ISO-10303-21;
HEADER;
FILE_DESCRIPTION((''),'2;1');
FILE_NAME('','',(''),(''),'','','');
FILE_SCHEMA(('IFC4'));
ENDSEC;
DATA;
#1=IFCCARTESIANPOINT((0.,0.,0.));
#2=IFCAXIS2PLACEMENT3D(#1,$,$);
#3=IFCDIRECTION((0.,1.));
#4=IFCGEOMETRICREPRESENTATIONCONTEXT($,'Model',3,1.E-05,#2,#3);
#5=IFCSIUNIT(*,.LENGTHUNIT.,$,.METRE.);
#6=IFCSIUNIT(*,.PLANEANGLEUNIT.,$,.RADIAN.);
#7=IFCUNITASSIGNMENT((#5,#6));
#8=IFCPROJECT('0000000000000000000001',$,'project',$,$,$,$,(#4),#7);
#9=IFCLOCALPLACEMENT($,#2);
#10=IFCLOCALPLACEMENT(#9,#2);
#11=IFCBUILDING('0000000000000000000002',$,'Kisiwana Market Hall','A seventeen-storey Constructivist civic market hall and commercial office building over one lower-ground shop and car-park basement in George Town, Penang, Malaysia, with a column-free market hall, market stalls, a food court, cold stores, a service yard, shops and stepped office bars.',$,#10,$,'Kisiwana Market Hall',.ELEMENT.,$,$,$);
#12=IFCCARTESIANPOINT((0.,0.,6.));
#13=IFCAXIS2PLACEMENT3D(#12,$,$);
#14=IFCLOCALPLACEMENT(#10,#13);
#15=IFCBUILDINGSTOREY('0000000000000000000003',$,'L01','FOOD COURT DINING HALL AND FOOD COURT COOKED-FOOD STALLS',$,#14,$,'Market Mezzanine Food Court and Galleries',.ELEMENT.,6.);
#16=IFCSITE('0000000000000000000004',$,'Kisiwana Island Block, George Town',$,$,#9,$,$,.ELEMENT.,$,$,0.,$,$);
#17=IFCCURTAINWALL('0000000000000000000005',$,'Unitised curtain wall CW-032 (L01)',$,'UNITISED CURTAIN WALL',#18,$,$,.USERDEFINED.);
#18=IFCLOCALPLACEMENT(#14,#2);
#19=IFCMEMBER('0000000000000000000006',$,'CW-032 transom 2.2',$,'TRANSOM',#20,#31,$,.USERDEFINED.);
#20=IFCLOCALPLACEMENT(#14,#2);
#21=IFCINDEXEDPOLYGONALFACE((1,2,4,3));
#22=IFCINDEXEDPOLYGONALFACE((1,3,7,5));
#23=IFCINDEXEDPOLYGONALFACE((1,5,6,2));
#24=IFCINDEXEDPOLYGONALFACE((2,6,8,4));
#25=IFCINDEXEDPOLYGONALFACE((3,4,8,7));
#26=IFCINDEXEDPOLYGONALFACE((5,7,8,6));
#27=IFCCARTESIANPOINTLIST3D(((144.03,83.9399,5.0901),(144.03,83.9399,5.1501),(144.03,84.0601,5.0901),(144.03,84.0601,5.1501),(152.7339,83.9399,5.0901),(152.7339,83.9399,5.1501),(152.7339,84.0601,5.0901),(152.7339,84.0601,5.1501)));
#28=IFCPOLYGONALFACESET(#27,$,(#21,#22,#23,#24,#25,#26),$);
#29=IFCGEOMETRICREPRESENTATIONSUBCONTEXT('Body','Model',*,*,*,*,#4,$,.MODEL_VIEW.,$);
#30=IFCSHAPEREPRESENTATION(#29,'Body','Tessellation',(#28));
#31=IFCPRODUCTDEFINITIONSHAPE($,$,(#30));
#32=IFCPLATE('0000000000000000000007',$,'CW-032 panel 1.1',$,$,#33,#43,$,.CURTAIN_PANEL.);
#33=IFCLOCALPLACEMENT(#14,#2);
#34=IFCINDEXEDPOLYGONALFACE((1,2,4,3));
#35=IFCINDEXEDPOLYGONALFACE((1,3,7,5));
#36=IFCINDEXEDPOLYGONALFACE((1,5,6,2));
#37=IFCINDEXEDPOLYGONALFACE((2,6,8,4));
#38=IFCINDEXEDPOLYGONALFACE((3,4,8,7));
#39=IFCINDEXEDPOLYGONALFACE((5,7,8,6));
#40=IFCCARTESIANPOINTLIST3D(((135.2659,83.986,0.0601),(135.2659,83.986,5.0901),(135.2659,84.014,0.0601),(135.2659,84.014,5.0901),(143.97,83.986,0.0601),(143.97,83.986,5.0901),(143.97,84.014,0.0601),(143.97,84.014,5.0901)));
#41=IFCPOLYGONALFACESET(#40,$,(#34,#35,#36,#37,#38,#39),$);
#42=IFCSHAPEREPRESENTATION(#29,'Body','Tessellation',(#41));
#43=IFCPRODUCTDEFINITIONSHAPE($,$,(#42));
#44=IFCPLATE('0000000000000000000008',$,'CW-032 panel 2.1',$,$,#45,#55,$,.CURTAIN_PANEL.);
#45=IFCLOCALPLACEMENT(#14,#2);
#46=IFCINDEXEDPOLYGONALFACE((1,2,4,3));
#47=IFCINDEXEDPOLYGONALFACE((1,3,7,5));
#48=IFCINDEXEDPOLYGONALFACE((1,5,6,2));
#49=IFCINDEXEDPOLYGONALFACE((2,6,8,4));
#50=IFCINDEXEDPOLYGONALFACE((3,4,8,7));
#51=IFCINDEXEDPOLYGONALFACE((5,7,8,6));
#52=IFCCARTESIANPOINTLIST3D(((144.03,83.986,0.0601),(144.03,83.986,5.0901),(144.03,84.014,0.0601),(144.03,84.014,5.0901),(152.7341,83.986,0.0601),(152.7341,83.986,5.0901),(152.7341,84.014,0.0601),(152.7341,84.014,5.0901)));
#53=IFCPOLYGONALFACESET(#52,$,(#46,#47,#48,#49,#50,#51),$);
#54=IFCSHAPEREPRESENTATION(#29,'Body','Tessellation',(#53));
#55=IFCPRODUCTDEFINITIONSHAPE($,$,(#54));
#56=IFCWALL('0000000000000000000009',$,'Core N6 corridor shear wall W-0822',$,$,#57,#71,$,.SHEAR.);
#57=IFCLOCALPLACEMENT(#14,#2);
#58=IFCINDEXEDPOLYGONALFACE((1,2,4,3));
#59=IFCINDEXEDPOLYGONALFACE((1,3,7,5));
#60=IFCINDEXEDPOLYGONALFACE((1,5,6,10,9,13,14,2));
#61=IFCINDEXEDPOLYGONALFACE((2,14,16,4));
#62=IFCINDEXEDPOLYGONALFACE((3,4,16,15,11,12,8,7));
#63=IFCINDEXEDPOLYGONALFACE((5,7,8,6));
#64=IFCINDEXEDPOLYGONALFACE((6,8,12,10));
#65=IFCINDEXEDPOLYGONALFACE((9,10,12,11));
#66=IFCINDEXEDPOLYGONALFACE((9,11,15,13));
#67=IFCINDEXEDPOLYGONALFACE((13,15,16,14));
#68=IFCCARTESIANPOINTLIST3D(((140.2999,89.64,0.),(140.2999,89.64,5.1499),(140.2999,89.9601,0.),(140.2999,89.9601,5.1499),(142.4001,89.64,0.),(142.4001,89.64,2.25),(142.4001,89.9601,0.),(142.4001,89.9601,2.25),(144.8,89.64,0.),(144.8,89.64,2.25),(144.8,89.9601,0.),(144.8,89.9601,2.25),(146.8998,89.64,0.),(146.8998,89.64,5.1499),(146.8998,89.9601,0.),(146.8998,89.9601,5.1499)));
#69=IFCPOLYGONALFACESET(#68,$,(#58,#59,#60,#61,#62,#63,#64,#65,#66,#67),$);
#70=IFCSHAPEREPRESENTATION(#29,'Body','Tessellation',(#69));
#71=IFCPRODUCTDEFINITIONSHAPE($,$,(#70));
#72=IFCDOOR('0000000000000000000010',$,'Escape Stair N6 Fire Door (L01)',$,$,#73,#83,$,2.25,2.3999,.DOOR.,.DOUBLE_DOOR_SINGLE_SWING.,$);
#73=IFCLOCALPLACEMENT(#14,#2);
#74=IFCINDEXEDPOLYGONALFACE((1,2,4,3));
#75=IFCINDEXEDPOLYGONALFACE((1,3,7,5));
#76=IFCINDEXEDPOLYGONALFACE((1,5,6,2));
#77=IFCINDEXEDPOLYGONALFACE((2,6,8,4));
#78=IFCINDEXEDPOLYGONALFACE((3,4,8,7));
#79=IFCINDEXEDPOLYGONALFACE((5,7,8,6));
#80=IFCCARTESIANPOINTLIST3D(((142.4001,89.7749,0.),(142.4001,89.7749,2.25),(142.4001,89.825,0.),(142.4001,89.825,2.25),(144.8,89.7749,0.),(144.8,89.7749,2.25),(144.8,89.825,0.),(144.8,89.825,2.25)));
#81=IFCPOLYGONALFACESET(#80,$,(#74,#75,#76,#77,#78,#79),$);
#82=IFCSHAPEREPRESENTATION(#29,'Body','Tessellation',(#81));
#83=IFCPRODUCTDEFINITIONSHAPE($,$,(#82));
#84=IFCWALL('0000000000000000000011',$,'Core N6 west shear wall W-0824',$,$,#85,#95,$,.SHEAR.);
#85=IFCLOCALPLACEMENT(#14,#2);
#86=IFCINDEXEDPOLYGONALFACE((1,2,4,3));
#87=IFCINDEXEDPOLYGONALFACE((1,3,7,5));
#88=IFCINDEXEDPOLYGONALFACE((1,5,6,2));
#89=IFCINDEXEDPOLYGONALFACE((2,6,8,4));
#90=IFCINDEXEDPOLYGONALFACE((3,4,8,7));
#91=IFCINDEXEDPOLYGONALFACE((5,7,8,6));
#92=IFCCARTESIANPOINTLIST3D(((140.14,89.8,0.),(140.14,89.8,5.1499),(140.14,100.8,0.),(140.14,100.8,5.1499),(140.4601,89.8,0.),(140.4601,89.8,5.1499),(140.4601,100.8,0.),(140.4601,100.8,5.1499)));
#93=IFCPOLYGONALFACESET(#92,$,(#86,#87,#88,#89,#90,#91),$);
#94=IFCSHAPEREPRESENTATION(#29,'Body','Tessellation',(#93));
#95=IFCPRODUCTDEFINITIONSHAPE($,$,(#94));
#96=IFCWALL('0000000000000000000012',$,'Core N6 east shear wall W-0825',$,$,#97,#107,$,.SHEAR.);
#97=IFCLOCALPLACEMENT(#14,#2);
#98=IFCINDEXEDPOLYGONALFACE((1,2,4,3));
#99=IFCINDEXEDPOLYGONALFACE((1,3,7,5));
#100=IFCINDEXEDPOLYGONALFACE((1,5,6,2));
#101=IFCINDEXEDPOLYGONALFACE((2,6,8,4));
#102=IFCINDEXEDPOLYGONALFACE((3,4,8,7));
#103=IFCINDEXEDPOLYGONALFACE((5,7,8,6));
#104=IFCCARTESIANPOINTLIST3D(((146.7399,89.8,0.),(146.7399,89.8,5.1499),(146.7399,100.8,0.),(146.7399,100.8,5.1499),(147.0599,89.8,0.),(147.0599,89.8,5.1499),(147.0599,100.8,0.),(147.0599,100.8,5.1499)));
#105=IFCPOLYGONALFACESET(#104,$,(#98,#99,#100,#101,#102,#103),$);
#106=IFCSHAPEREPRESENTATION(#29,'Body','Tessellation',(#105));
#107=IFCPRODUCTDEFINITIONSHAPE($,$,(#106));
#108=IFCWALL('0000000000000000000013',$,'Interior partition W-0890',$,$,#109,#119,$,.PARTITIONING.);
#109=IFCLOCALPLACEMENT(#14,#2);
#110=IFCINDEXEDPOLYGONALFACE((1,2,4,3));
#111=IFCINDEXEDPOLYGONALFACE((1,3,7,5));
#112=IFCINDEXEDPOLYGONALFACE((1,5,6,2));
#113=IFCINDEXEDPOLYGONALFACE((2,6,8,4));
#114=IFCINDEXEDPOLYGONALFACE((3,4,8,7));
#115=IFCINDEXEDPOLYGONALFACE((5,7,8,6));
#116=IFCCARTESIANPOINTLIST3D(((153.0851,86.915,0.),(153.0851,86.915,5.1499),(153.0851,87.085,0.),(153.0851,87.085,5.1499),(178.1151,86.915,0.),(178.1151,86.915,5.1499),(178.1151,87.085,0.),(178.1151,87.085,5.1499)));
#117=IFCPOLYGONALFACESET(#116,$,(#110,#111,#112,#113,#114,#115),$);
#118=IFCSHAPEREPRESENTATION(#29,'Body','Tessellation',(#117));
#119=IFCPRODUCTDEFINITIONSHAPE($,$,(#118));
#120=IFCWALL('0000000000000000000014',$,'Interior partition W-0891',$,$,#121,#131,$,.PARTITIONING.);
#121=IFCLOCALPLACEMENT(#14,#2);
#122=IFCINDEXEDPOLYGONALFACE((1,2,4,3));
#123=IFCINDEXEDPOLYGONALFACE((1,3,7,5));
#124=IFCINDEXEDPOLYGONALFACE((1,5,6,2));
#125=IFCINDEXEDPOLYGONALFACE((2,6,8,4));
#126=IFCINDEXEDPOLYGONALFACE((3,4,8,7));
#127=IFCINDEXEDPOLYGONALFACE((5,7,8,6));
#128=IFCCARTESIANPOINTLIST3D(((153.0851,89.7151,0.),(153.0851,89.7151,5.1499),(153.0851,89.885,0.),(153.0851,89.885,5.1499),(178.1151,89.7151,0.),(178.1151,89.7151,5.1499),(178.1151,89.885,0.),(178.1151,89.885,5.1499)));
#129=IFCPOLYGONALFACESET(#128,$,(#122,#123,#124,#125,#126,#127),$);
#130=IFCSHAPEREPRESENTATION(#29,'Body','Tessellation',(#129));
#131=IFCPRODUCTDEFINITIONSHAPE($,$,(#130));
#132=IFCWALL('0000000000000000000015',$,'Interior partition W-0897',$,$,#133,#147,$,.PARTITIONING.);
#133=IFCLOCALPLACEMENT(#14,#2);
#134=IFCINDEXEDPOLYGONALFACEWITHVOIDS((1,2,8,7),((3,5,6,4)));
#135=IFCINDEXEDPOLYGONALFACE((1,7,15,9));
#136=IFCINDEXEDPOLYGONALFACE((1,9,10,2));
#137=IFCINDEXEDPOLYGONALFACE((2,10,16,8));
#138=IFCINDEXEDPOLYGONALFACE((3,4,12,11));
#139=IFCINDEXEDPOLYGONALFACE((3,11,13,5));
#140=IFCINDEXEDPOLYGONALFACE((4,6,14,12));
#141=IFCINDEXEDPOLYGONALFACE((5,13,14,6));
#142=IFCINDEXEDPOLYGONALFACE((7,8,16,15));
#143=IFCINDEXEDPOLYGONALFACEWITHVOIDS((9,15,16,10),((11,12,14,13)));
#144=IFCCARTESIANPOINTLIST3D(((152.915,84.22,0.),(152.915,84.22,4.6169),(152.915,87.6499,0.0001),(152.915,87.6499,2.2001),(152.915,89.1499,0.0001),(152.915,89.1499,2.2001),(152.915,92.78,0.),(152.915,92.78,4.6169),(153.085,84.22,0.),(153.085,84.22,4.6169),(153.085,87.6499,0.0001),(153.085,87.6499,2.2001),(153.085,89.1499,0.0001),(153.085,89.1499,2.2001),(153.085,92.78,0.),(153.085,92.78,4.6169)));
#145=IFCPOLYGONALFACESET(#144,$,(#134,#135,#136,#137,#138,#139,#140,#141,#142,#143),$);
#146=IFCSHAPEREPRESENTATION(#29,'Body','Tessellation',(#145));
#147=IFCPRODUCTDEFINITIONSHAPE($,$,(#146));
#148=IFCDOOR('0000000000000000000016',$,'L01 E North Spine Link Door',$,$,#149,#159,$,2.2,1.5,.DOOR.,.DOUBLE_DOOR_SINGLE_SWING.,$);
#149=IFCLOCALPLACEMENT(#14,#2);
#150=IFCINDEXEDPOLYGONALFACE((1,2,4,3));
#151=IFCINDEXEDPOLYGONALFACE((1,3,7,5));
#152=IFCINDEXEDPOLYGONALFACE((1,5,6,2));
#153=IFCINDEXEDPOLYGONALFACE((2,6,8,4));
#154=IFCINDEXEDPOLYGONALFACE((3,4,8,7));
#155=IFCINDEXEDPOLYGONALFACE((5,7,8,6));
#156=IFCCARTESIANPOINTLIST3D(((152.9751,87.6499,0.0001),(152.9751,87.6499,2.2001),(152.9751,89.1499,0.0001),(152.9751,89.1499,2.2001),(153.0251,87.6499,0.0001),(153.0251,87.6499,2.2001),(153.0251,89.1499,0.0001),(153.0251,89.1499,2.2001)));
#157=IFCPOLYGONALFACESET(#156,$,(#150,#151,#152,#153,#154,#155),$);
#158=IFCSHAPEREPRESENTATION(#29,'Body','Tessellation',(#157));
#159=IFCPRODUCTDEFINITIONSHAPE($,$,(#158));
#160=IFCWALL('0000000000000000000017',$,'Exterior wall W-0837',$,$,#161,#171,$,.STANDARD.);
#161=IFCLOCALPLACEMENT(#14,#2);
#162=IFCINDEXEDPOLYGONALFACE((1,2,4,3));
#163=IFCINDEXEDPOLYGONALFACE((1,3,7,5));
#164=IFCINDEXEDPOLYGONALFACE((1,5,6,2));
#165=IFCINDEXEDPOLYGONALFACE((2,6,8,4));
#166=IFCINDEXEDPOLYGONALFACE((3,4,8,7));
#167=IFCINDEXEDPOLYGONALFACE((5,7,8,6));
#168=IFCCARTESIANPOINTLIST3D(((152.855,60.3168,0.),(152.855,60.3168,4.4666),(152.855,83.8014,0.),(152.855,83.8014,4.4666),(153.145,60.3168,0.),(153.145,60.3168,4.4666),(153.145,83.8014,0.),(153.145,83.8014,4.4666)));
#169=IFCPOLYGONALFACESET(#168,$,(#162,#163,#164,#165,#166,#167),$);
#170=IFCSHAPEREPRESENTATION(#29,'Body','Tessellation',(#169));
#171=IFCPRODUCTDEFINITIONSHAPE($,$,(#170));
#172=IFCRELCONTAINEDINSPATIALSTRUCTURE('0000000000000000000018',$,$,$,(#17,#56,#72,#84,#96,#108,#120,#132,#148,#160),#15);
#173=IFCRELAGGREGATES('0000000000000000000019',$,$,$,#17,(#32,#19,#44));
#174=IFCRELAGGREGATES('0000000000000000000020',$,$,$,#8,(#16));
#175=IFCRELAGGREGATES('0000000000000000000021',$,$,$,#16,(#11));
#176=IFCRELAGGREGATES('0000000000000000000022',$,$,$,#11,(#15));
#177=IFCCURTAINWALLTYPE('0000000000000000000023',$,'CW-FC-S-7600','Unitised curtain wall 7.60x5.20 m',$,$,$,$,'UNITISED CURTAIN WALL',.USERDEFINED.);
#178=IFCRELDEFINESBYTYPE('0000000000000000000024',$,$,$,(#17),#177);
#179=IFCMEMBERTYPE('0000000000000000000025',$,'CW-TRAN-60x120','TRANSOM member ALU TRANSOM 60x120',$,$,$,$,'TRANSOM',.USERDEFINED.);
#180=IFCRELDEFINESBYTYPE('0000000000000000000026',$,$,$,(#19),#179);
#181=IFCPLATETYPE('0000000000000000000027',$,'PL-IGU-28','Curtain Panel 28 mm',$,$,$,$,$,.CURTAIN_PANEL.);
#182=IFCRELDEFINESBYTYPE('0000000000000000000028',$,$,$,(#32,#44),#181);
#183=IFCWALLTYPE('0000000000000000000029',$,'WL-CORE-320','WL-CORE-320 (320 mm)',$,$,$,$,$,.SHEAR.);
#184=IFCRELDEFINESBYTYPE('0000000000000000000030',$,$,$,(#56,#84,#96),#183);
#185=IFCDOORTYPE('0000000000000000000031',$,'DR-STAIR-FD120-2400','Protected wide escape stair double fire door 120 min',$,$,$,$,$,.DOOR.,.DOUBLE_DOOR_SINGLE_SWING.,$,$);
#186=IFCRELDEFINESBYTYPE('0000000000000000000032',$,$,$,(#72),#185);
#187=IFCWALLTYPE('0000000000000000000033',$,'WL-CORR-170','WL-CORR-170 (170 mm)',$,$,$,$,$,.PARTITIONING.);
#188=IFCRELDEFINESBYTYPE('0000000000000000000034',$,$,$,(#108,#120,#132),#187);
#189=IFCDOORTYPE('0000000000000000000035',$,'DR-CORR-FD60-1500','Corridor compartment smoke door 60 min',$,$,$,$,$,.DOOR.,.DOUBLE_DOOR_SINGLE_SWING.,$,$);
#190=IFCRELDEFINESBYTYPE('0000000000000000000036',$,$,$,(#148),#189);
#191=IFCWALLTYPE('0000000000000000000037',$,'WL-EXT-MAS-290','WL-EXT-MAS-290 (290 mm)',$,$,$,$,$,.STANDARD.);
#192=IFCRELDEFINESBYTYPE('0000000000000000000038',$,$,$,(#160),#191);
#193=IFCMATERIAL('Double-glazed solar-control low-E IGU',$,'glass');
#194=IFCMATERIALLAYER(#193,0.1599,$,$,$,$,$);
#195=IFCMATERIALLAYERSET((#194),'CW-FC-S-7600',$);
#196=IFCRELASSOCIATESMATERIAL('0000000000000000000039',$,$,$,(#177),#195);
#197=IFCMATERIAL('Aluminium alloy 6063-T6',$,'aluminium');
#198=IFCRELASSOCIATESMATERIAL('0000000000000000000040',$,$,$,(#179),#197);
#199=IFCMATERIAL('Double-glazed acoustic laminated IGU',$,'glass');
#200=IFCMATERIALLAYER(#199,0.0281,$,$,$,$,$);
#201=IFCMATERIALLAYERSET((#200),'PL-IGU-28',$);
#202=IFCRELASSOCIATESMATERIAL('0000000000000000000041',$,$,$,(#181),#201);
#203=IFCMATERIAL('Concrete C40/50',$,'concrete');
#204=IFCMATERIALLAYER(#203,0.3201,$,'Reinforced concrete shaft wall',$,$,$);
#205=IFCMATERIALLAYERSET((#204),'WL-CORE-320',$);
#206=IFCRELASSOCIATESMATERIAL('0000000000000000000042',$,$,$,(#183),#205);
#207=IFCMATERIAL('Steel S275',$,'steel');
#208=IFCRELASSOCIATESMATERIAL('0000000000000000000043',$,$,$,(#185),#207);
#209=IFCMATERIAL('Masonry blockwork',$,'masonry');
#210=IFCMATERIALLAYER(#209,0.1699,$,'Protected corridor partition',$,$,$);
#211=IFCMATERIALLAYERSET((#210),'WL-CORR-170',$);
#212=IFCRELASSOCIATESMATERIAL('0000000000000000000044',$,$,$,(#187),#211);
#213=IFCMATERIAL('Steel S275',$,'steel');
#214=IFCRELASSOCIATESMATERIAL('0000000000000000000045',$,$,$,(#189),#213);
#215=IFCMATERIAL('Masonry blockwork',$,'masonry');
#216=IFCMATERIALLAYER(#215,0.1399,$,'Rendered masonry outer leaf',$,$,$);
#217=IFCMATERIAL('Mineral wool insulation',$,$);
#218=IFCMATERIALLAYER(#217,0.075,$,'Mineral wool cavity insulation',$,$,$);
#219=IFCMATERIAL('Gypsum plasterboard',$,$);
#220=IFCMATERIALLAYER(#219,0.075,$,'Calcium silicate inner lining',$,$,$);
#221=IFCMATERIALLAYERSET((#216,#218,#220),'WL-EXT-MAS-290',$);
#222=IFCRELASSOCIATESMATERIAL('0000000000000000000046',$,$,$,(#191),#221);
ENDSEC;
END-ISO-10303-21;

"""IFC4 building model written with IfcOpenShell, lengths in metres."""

from ifc_helpers import new_model, si_unit, direction, frame, frame_2d, origin, origin_2d, place, context, subcontext, project, spatial, rectangle, extrude, material, layer, layer_set, material_profile, profile_set, type_object, element, fill, aggregate, save


model = new_model("IFC4")

# Units and contexts
model_context = context("Model", 3, precision=1e-05, world=origin(), true_north=direction((0.0, 1.0)))
body_context = subcontext(model_context, "Body", "Model", "MODEL_VIEW")
ifc_project = project(units=[si_unit("LENGTHUNIT", "METRE"), si_unit("PLANEANGLEUNIT", "RADIAN")], contexts=[model_context])

# Site, building, storey
site_placement = place(None, origin())
site = spatial("IfcSite", under=ifc_project, at=site_placement, Name="Kisiwana Island Block, George Town", CompositionType="ELEMENT", RefElevation=0.0)
building_placement = place(site_placement, origin())
building = spatial("IfcBuilding", under=site, at=building_placement, Name="Kisiwana Market Hall", Description="A seventeen-storey Constructivist civic market hall and commercial office building over one lower-ground shop and car-park basement in George Town, Penang, Malaysia, with a column-free market hall, market stalls, a food court, cold stores, a service yard, shops and stepped office bars.", LongName="Kisiwana Market Hall", CompositionType="ELEMENT")
storey_placement = place(building_placement, frame((0.0, 0.0, 6.0)))
storey = spatial("IfcBuildingStorey", under=building, at=storey_placement, Name="L01", Description="FOOD COURT DINING HALL AND FOOD COURT COOKED-FOOD STALLS", LongName="Market Mezzanine Food Court and Galleries", CompositionType="ELEMENT", Elevation=6.0)

# Curtain wall, member, plates
ifc_material_1 = material(Name="Double-glazed solar-control low-E IGU", Category="glass")
ifc_layer_1 = layer(ifc_material_1, 0.1599)
ifc_layer_set_1 = layer_set([ifc_layer_1], Name="CW-FC-S-7600")
curtain_wall_type = type_object("IfcCurtainWallType", Name="CW-FC-S-7600", Description="Unitised curtain wall 7.60x5.20 m", ElementType="UNITISED CURTAIN WALL", PredefinedType="USERDEFINED", material=ifc_layer_set_1)
curtain_wall_placement = place(storey_placement, origin())
curtain_wall = element("IfcCurtainWall", 1, at=curtain_wall_placement, inside=storey, type_object=curtain_wall_type, Name="Unitised curtain wall CW-032 (L01)", ObjectType="UNITISED CURTAIN WALL", PredefinedType="USERDEFINED")
ifc_material_2 = material(Name="Aluminium alloy 6063-T6", Category="aluminium")
ifc_material_profile_1 = material_profile(ifc_material_2, rectangle(XDim=0.1201, YDim=0.0601, at=origin_2d()), Name="ALU TRANSOM 60x120")
ifc_profile_set_1 = profile_set([ifc_material_profile_1], Name="Aluminium alloy 6063-T6")
member_type_1 = type_object("IfcMemberType", Name="CW-TRAN-60x120", Description="TRANSOM member ALU TRANSOM 60x120", ElementType="TRANSOM", PredefinedType="USERDEFINED", material=ifc_profile_set_1)
member_1_placement = place(storey_placement, frame((144.03, 84.0, 5.1201), z_axis=(1.0, 0.0, 0.0), x_axis=(0.0, 1.0, 0.0)))
member_1 = element("IfcMember", 2, at=member_1_placement, type_object=member_type_1, Name="CW-032 transom 2.2", ObjectType="TRANSOM", PredefinedType="USERDEFINED", context=body_context, shape_type="SweptSolid", body=[
    extrude(rectangle(XDim=0.1201, YDim=0.0601, at=origin_2d()), origin(), (0.0, 0.0, 1.0), 8.7039),
])
ifc_material_3 = material(Name="Double-glazed acoustic laminated IGU", Category="glass")
ifc_layer_2 = layer(ifc_material_3, 0.0281)
ifc_layer_set_2 = layer_set([ifc_layer_2], Name="PL-IGU-28")
plate_type = type_object("IfcPlateType", Name="PL-IGU-28", Description="Curtain Panel 28 mm", PredefinedType="CURTAIN_PANEL", material=ifc_layer_set_2)
plate_1_placement = place(storey_placement, frame((139.6179, 84.0, 0.0601), z_axis=(0.0, 0.0, 1.0), x_axis=(1.0, 0.0, 0.0)))
plate_1 = element("IfcPlate", 3, at=plate_1_placement, type_object=plate_type, Name="CW-032 panel 1.1", PredefinedType="CURTAIN_PANEL", context=body_context, shape_type="SweptSolid", body=[
    extrude(rectangle(XDim=8.7041, YDim=0.0281, at=origin_2d()), origin(), (0.0, 0.0, 1.0), 5.03),
])
plate_2_placement = place(storey_placement, frame((148.3821, 84.0, 0.0601), z_axis=(0.0, 0.0, 1.0), x_axis=(1.0, 0.0, 0.0)))
plate_2 = element("IfcPlate", 4, at=plate_2_placement, type_object=plate_type, Name="CW-032 panel 2.1", PredefinedType="CURTAIN_PANEL", context=body_context, shape_type="SweptSolid", body=[
    extrude(rectangle(XDim=8.7041, YDim=0.0281, at=origin_2d()), origin(), (0.0, 0.0, 1.0), 5.03),
])
aggregate(curtain_wall, [plate_1, member_1, plate_2])

# Wall, opening, door
ifc_material_4 = material(Name="Concrete C40/50", Category="concrete")
ifc_layer_3 = layer(ifc_material_4, 0.3201, Name="Reinforced concrete shaft wall")
ifc_layer_set_3 = layer_set([ifc_layer_3], Name="WL-CORE-320")
wall_type_1 = type_object("IfcWallType", Name="WL-CORE-320", Description="WL-CORE-320 (320 mm)", PredefinedType="SHEAR", material=ifc_layer_set_3)
wall_1_placement = place(storey_placement, frame((140.3, 89.8, 0.0), z_axis=(0.0, 0.0, 1.0), x_axis=(1.0, 0.0, 0.0)))
wall_1 = element("IfcWall", 5, at=wall_1_placement, inside=storey, type_object=wall_type_1, Name="Core N6 corridor shear wall W-0822", PredefinedType="SHEAR", context=body_context, shape_type="SweptSolid", body=[
    extrude(rectangle(XDim=6.5999, YDim=0.3201, at=frame_2d((3.2998, 0.0))), origin(), (0.0, 0.0, 1.0), 5.1499),
])
opening_1_placement = place(wall_1_placement, frame((2.1001, 0.0, 0.0)))
opening_1 = element("IfcOpeningElement", 6, at=opening_1_placement, cuts=wall_1, PredefinedType="OPENING", context=body_context, shape_type="SweptSolid", body=[
    extrude(rectangle(XDim=2.3999, YDim=2.25, at=frame_2d((1.2, 1.125))), frame((0.0, 0.1719, 0.0), z_axis=(0.0, -1.0, 0.0), x_axis=(1.0, 0.0, 0.0)), (0.0, 0.0, 1.0), 0.344),
])
ifc_material_5 = material(Name="Steel S275", Category="steel")
door_type_1 = type_object("IfcDoorType", Name="DR-STAIR-FD120-2400", Description="Protected wide escape stair double fire door 120 min", OperationType="DOUBLE_DOOR_SINGLE_SWING", PredefinedType="DOOR", material=ifc_material_5)
door_1_placement = place(opening_1_placement, origin())
door_1 = element("IfcDoor", 7, at=door_1_placement, inside=storey, type_object=door_type_1, Name="Escape Stair N6 Fire Door (L01)", OperationType="DOUBLE_DOOR_SINGLE_SWING", OverallHeight=2.25, OverallWidth=2.3999, PredefinedType="DOOR", context=body_context, shape_type="SweptSolid", body=[
    extrude(rectangle(XDim=2.3999, YDim=2.25, at=frame_2d((1.2, 1.125))), frame((0.0, 0.0249, 0.0), z_axis=(0.0, -1.0, 0.0), x_axis=(1.0, 0.0, 0.0)), (0.0, 0.0, 1.0), 0.05),
])
fill(opening_1, door_1)

# Walls
for number, where, z_axis, x_axis, name in (
    (8, (140.3, 89.8, 0.0), (0.0, 0.0, 1.0), (0.0, 1.0, 0.0), "Core N6 west shear wall W-0824"),
    (9, (146.8999, 89.8, 0.0), (0.0, 0.0, 1.0), (0.0, 1.0, 0.0), "Core N6 east shear wall W-0825"),
):
    element("IfcWall", number, at=place(storey_placement, frame(where, z_axis=z_axis, x_axis=x_axis)), inside=storey, type_object=wall_type_1, Name=name, PredefinedType="SHEAR", context=body_context, shape_type="SweptSolid", body=[
        extrude(rectangle(XDim=11.0, YDim=0.3201, at=frame_2d((5.5, 0.0))), origin(), (0.0, 0.0, 1.0), 5.1499),
    ])
ifc_material_6 = material(Name="Masonry blockwork", Category="masonry")
ifc_layer_4 = layer(ifc_material_6, 0.1699, Name="Protected corridor partition")
ifc_layer_set_4 = layer_set([ifc_layer_4], Name="WL-CORR-170")
wall_type_2 = type_object("IfcWallType", Name="WL-CORR-170", Description="WL-CORR-170 (170 mm)", PredefinedType="PARTITIONING", material=ifc_layer_set_4)
for number, where, z_axis, x_axis, name in (
    (10, (153.085, 87.0, 0.0), (0.0, 0.0, 1.0), (1.0, 0.0, 0.0), "Interior partition W-0890"),
    (11, (153.085, 89.8, 0.0), (0.0, 0.0, 1.0), (1.0, 0.0, 0.0), "Interior partition W-0891"),
):
    element("IfcWall", number, at=place(storey_placement, frame(where, z_axis=z_axis, x_axis=x_axis)), inside=storey, type_object=wall_type_2, Name=name, PredefinedType="PARTITIONING", context=body_context, shape_type="SweptSolid", body=[
        extrude(rectangle(XDim=25.03, YDim=0.1699, at=frame_2d((12.5151, 0.0))), origin(), (0.0, 0.0, 1.0), 5.1499),
    ])

# Wall, opening, door
wall_2_placement = place(storey_placement, frame((153.0, 84.22, 0.0), z_axis=(0.0, 0.0, 1.0), x_axis=(0.0, 1.0, 0.0)))
wall_2 = element("IfcWall", 12, at=wall_2_placement, inside=storey, type_object=wall_type_2, Name="Interior partition W-0897", PredefinedType="PARTITIONING", context=body_context, shape_type="SweptSolid", body=[
    extrude(rectangle(XDim=8.5601, YDim=0.1699, at=frame_2d((4.28, 0.0))), origin(), (0.0, 0.0, 1.0), 4.6169),
])
opening_2_placement = place(wall_2_placement, frame((3.4299, 0.0, 0.0)))
opening_2 = element("IfcOpeningElement", 13, at=opening_2_placement, cuts=wall_2, PredefinedType="OPENING", context=body_context, shape_type="SweptSolid", body=[
    extrude(rectangle(XDim=1.5, YDim=2.2, at=frame_2d((0.75, 1.1001))), frame((0.0, 0.0969, 0.0), z_axis=(0.0, -1.0, 0.0), x_axis=(1.0, 0.0, 0.0)), (0.0, 0.0, 1.0), 0.1938),
])
ifc_material_7 = material(Name="Steel S275", Category="steel")
door_type_2 = type_object("IfcDoorType", Name="DR-CORR-FD60-1500", Description="Corridor compartment smoke door 60 min", OperationType="DOUBLE_DOOR_SINGLE_SWING", PredefinedType="DOOR", material=ifc_material_7)
door_2_placement = place(opening_2_placement, origin())
door_2 = element("IfcDoor", 14, at=door_2_placement, inside=storey, type_object=door_type_2, Name="L01 E North Spine Link Door", OperationType="DOUBLE_DOOR_SINGLE_SWING", OverallHeight=2.2, OverallWidth=1.5, PredefinedType="DOOR", context=body_context, shape_type="SweptSolid", body=[
    extrude(rectangle(XDim=1.5, YDim=2.2, at=frame_2d((0.75, 1.1001))), frame((0.0, 0.0249, 0.0), z_axis=(0.0, -1.0, 0.0), x_axis=(1.0, 0.0, 0.0)), (0.0, 0.0, 1.0), 0.05),
])
fill(opening_2, door_2)

# Wall
ifc_material_8 = material(Name="Masonry blockwork", Category="masonry")
ifc_layer_5 = layer(ifc_material_8, 0.1399, Name="Rendered masonry outer leaf")
ifc_material_9 = material(Name="Mineral wool insulation")
ifc_layer_6 = layer(ifc_material_9, 0.075, Name="Mineral wool cavity insulation")
ifc_material_10 = material(Name="Gypsum plasterboard")
ifc_layer_7 = layer(ifc_material_10, 0.075, Name="Calcium silicate inner lining")
ifc_layer_set_5 = layer_set([ifc_layer_5, ifc_layer_6, ifc_layer_7], Name="WL-EXT-MAS-290")
wall_type_3 = type_object("IfcWallType", Name="WL-EXT-MAS-290", Description="WL-EXT-MAS-290 (290 mm)", PredefinedType="STANDARD", material=ifc_layer_set_5)
wall_3_placement = place(storey_placement, frame((153.0, 60.3169, 0.0), z_axis=(0.0, 0.0, 1.0), x_axis=(0.0, 1.0, 0.0)))
element("IfcWall", 15, at=wall_3_placement, inside=storey, type_object=wall_type_3, Name="Exterior wall W-0837", PredefinedType="STANDARD", context=body_context, shape_type="SweptSolid", body=[
    extrude(rectangle(XDim=23.4846, YDim=0.29, at=frame_2d((11.7422, 0.0))), origin(), (0.0, 0.0, 1.0), 4.4666),
])

save(model, "model.ifc")
